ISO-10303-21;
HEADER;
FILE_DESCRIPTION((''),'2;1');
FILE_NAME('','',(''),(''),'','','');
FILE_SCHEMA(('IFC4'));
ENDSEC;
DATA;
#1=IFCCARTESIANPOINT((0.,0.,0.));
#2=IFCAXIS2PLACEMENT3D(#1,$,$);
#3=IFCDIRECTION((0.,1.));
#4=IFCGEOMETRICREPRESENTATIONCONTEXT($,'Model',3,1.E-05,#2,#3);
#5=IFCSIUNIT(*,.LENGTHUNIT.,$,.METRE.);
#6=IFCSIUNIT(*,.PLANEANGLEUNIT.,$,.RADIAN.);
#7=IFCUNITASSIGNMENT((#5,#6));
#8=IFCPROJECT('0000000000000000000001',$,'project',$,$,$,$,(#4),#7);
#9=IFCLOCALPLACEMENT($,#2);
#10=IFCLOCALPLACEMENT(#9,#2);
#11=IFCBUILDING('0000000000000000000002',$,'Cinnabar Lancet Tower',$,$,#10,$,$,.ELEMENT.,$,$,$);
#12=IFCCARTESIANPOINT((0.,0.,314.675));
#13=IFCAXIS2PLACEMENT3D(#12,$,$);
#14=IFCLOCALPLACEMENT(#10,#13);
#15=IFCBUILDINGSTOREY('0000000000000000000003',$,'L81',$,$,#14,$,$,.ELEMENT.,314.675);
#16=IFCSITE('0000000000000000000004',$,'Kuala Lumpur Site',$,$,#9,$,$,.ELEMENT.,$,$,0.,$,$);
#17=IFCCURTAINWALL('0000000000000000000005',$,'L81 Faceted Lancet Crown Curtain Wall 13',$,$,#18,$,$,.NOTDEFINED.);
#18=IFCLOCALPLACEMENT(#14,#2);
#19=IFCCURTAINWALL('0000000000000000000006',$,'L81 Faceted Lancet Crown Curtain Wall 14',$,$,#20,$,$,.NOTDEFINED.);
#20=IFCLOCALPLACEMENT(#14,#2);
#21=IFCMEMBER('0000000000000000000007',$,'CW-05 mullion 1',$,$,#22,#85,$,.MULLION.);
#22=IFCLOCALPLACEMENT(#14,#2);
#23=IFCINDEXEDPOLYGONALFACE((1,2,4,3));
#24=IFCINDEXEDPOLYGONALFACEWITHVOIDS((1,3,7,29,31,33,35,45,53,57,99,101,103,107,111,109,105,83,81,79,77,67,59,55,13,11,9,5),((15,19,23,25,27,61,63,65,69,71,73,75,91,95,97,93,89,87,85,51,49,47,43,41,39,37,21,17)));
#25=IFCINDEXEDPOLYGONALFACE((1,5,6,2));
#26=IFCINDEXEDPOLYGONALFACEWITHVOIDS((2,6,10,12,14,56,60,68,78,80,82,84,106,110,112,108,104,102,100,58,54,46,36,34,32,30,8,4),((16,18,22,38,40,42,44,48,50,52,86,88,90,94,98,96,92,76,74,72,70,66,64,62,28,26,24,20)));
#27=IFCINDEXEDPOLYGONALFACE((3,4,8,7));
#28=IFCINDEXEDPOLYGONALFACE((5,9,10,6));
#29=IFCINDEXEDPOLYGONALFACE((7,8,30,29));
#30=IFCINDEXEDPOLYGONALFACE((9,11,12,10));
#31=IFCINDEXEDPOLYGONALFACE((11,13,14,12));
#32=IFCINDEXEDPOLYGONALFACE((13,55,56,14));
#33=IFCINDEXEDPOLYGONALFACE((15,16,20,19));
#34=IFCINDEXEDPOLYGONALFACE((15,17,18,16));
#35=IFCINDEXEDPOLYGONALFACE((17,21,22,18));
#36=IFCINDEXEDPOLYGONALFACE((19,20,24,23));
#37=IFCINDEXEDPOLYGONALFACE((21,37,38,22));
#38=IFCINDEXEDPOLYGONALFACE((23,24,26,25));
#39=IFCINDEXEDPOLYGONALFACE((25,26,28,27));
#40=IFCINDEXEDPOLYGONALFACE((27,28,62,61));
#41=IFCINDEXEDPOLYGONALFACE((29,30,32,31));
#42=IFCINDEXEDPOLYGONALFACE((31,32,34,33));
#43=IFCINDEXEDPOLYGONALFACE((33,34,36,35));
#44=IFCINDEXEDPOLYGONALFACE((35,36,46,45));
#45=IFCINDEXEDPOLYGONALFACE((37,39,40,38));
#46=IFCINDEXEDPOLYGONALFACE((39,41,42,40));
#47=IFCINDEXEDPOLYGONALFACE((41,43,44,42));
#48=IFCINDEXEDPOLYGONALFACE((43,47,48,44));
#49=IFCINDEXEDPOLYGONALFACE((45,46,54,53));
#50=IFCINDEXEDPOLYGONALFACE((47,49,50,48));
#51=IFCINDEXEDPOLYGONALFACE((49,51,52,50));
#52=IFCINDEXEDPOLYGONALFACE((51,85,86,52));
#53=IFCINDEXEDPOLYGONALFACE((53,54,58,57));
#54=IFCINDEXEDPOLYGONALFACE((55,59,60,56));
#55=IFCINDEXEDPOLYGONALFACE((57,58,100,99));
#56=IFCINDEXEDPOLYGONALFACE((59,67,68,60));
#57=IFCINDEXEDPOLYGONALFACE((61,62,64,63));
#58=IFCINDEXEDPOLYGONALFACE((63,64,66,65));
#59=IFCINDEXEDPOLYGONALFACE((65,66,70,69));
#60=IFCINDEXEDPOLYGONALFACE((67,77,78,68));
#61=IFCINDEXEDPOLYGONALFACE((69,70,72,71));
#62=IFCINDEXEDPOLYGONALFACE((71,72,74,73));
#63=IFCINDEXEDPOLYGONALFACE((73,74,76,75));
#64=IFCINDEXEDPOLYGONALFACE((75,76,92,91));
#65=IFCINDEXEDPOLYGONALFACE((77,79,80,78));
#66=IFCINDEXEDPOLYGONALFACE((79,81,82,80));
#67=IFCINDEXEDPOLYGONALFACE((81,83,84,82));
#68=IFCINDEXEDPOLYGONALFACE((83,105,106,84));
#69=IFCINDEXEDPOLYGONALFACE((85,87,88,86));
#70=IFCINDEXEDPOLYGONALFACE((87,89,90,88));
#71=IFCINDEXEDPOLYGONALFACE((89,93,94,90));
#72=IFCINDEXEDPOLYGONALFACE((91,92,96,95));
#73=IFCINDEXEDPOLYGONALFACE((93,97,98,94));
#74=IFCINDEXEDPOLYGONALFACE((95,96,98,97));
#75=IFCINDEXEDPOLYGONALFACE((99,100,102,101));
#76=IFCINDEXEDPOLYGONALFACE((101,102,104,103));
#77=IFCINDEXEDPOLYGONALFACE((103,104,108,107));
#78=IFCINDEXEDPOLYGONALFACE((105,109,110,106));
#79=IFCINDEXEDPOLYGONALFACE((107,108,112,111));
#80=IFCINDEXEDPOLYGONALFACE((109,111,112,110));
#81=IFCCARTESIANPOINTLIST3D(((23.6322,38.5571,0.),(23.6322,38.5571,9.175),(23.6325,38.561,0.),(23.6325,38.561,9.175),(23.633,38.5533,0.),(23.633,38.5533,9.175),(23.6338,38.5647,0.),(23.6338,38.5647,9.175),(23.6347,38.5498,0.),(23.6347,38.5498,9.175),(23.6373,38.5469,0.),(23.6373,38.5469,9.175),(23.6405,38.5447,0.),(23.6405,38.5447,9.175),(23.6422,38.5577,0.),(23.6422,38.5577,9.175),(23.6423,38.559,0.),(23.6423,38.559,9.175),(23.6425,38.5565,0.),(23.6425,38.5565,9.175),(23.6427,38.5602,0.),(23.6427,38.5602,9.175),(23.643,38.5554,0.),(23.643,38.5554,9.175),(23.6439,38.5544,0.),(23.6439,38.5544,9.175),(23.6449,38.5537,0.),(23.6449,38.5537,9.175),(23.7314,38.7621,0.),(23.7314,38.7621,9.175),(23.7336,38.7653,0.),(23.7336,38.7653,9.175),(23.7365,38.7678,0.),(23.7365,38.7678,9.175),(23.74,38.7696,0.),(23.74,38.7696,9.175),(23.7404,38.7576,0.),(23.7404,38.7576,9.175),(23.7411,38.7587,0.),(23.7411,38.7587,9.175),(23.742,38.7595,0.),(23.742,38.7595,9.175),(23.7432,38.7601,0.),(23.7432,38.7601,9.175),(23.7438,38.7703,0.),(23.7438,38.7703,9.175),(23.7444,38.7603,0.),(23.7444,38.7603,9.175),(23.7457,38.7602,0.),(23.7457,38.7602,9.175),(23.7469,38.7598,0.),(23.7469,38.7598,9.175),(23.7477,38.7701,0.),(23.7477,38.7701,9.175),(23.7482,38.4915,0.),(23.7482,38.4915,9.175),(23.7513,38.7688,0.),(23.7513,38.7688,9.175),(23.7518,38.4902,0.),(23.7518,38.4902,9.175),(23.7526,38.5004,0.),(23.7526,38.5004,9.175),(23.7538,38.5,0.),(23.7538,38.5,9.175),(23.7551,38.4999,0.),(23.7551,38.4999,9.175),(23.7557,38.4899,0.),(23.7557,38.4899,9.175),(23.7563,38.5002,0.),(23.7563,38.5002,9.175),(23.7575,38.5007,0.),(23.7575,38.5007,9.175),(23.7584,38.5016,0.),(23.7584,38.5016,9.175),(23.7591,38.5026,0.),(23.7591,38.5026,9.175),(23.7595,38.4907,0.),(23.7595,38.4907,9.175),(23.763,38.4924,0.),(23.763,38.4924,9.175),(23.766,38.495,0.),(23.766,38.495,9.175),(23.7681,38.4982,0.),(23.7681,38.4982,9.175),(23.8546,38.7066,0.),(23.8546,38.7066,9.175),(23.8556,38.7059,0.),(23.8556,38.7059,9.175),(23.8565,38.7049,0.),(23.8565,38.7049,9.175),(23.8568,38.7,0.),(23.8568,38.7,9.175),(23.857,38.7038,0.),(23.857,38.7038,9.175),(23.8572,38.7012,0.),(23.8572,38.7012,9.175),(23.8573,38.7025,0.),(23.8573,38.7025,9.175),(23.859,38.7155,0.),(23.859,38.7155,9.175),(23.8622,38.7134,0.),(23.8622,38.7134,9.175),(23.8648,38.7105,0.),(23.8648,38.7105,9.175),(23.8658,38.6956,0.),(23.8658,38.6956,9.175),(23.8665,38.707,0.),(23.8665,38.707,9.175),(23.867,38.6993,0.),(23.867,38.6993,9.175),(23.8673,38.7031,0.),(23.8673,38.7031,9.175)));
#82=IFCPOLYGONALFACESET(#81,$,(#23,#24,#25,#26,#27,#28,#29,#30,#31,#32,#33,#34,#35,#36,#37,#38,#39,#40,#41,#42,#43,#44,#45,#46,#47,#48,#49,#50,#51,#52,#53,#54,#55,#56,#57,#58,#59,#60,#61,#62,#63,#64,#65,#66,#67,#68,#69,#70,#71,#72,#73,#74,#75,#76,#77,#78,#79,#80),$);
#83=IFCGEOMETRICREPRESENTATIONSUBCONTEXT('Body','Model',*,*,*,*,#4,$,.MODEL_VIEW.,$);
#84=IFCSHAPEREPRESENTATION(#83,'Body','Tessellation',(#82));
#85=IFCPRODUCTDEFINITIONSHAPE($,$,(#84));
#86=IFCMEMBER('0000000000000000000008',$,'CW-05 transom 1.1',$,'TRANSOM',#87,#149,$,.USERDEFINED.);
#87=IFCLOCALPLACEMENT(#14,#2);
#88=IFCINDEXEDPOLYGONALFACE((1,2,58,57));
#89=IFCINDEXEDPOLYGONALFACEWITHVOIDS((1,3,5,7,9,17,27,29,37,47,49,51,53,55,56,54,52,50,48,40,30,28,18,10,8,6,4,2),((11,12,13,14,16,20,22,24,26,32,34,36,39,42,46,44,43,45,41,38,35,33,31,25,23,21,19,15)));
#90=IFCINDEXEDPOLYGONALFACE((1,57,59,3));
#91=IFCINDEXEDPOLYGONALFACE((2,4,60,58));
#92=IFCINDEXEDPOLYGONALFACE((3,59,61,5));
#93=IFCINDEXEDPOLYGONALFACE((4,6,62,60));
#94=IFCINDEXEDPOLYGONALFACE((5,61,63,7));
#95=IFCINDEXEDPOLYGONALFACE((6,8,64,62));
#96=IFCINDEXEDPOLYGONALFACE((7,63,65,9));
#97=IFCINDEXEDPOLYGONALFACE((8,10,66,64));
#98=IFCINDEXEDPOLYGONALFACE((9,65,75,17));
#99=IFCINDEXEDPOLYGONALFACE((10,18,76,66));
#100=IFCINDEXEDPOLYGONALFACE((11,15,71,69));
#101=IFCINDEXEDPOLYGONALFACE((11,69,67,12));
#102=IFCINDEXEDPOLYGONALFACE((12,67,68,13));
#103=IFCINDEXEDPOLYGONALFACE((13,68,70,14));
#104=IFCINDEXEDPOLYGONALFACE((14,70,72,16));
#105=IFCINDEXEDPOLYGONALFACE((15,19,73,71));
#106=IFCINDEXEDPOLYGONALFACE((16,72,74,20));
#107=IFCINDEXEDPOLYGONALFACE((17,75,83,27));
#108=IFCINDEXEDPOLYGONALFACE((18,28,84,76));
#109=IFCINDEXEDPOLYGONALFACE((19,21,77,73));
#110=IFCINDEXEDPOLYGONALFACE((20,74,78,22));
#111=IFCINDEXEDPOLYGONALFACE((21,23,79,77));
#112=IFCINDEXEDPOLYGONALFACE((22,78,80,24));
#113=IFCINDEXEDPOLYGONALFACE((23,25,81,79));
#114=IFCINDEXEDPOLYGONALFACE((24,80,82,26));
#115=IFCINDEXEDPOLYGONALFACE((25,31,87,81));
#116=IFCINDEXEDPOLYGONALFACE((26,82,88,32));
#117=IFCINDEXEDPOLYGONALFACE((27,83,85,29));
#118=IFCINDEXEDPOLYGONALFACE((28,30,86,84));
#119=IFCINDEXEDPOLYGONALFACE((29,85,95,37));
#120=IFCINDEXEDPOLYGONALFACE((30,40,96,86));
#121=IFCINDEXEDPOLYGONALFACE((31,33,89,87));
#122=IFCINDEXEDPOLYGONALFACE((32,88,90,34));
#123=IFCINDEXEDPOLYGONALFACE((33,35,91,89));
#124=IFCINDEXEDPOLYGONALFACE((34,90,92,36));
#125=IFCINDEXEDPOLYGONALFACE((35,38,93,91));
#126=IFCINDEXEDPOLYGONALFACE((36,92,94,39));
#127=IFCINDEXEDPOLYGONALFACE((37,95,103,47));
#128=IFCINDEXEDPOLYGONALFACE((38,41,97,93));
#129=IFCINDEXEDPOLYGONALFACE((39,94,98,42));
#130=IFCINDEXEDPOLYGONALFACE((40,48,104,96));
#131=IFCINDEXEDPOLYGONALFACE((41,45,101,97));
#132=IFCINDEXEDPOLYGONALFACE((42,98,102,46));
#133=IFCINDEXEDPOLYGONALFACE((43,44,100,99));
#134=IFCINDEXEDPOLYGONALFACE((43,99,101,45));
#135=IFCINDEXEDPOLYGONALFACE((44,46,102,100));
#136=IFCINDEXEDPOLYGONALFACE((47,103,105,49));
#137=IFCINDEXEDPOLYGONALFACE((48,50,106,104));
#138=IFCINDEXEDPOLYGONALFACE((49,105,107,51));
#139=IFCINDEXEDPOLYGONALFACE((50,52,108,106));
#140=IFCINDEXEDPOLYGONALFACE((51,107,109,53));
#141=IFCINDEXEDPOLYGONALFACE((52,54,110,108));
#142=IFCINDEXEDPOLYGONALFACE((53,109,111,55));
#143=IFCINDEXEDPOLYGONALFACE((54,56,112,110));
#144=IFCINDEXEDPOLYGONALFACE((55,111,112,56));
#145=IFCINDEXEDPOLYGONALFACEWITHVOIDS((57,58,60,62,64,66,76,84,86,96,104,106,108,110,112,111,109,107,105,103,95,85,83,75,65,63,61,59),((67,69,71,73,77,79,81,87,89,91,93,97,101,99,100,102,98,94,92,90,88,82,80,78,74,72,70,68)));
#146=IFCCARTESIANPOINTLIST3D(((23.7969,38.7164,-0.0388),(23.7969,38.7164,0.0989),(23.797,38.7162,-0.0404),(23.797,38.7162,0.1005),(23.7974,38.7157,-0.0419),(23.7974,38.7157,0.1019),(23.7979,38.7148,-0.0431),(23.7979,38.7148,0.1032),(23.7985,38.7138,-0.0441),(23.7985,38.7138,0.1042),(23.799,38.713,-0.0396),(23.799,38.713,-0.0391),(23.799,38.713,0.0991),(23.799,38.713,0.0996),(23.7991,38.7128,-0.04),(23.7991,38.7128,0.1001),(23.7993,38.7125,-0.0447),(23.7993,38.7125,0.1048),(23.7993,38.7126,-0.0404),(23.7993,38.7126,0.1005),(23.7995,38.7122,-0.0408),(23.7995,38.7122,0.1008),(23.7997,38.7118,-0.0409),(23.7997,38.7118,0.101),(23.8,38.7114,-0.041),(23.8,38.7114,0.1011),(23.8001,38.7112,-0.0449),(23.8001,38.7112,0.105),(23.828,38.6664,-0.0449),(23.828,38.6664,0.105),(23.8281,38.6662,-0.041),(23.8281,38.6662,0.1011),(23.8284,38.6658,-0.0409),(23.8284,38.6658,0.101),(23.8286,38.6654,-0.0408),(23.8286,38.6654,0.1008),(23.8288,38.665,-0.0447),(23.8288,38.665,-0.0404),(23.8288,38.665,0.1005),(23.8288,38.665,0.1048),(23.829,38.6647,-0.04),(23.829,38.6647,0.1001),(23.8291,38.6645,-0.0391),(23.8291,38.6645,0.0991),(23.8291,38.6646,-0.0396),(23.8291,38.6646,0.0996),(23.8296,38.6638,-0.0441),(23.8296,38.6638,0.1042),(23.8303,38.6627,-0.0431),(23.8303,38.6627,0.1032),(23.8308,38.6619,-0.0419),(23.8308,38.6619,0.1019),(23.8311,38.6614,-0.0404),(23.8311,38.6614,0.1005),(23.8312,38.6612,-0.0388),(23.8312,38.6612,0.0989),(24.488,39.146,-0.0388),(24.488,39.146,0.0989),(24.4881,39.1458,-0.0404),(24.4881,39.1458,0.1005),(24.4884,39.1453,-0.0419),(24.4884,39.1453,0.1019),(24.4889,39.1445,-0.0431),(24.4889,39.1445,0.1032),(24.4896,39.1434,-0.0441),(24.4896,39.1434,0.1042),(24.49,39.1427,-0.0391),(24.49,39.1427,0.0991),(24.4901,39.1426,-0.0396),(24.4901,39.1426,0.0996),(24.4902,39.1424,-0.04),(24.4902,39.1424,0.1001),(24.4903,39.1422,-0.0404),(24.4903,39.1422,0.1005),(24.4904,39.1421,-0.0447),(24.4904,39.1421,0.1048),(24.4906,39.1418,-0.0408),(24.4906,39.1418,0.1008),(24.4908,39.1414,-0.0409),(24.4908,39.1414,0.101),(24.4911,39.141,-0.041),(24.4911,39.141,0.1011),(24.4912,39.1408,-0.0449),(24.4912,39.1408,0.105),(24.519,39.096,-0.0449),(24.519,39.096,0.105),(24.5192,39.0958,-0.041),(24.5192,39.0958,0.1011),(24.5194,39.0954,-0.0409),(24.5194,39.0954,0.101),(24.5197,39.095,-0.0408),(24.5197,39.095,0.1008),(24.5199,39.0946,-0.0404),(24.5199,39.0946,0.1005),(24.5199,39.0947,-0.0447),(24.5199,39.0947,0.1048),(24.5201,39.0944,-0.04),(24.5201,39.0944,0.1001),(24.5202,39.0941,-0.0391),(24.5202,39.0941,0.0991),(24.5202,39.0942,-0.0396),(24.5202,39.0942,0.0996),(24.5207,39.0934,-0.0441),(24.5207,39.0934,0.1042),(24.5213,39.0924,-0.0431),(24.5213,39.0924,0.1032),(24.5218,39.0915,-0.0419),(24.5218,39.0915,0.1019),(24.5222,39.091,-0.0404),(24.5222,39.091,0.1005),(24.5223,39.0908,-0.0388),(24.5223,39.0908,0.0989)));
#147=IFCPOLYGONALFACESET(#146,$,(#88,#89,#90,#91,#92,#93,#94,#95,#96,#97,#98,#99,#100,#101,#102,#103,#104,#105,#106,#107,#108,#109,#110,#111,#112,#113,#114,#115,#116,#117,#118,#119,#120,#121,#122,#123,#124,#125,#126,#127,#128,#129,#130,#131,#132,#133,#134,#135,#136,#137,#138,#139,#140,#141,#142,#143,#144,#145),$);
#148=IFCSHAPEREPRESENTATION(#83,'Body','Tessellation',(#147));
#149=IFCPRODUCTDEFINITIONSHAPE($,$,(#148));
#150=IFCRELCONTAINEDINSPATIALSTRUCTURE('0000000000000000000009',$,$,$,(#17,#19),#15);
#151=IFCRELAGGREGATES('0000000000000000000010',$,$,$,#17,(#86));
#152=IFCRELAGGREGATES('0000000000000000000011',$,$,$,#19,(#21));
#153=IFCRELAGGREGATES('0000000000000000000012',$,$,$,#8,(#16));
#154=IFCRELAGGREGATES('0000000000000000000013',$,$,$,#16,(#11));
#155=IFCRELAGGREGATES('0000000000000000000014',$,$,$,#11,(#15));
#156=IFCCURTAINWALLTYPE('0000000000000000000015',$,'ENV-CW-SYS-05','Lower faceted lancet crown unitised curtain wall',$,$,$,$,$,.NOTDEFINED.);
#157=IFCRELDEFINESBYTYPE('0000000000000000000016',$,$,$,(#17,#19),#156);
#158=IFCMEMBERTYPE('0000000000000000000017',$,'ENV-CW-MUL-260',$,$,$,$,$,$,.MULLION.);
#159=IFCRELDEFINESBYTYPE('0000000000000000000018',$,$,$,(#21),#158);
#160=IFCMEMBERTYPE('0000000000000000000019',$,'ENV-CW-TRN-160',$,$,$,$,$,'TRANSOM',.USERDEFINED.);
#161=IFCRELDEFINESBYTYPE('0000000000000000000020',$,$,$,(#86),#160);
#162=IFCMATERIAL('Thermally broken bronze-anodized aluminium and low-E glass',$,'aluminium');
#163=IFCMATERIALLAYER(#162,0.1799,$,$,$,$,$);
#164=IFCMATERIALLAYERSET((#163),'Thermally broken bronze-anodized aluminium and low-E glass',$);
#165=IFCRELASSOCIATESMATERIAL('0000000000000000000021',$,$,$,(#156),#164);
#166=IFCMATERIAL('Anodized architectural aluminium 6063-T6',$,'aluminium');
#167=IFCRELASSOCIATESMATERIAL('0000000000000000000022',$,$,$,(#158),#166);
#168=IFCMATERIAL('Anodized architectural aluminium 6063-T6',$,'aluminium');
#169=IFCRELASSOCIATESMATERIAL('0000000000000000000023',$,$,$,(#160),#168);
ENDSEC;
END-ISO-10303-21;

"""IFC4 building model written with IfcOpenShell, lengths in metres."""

from ifc_helpers import new_model, si_unit, direction, frame, origin, origin_2d, place, context, subcontext, project, spatial, hollow_rectangle, extrude, material, layer, layer_set, material_profile, profile_set, type_object, element, aggregate, save


model = new_model("IFC4")

# Units and contexts
model_context = context("Model", 3, precision=1e-05, world=origin(), true_north=direction((0.0, 1.0)))
body_context = subcontext(model_context, "Body", "Model", "MODEL_VIEW")
ifc_project = project(units=[si_unit("LENGTHUNIT", "METRE"), si_unit("PLANEANGLEUNIT", "RADIAN")], contexts=[model_context])

# Site, building, storey
site_placement = place(None, origin())
site = spatial("IfcSite", under=ifc_project, at=site_placement, Name="Kuala Lumpur Site", CompositionType="ELEMENT", RefElevation=0.0)
building_placement = place(site_placement, origin())
building = spatial("IfcBuilding", under=site, at=building_placement, Name="Cinnabar Lancet Tower", CompositionType="ELEMENT")
storey_placement = place(building_placement, frame((0.0, 0.0, 314.675)))
storey = spatial("IfcBuildingStorey", under=building, at=storey_placement, Name="L81", CompositionType="ELEMENT", Elevation=314.675)

# Curtain walls, member
ifc_material_1 = material(Name="Thermally broken bronze-anodized aluminium and low-E glass", Category="aluminium")
ifc_layer_1 = layer(ifc_material_1, 0.1799)
ifc_layer_set_1 = layer_set([ifc_layer_1], Name="Thermally broken bronze-anodized aluminium and low-E glass")
curtain_wall_type = type_object("IfcCurtainWallType", Name="ENV-CW-SYS-05", Description="Lower faceted lancet crown unitised curtain wall", PredefinedType="NOTDEFINED", material=ifc_layer_set_1)
curtain_wall_1_placement = place(storey_placement, origin())
curtain_wall_1 = element("IfcCurtainWall", 1, at=curtain_wall_1_placement, inside=storey, type_object=curtain_wall_type, Name="L81 Faceted Lancet Crown Curtain Wall 13", PredefinedType="NOTDEFINED")
ifc_material_2 = material(Name="Anodized architectural aluminium 6063-T6", Category="aluminium")
ifc_material_profile_1 = material_profile(ifc_material_2, hollow_rectangle(XDim=0.1499, YDim=0.25, WallThickness=0.01, InnerFilletRadius=0.0049, OuterFilletRadius=0.0149, at=origin_2d()), Name="RHS 250x150x10")
ifc_profile_set_1 = profile_set([ifc_material_profile_1], Name="Anodized architectural aluminium 6063-T6")
member_type_1 = type_object("IfcMemberType", Name="ENV-CW-MUL-260", PredefinedType="MULLION", material=ifc_profile_set_1)
curtain_wall_2_placement = place(storey_placement, origin())
curtain_wall_2 = element("IfcCurtainWall", 2, at=curtain_wall_2_placement, inside=storey, type_object=curtain_wall_type, Name="L81 Faceted Lancet Crown Curtain Wall 14", PredefinedType="NOTDEFINED")
member_1_placement = place(storey_placement, frame((23.7498, 38.6301, 0.0), z_axis=(0.0, 0.0, 1.0), x_axis=(0.896343, -0.443362, 0.0)))
member_1 = element("IfcMember", 3, at=member_1_placement, type_object=member_type_1, Name="CW-05 mullion 1", PredefinedType="MULLION", context=body_context, shape_type="SweptSolid", body=[
    extrude(hollow_rectangle(XDim=0.1499, YDim=0.25, WallThickness=0.01, InnerFilletRadius=0.0049, OuterFilletRadius=0.0149, at=origin_2d()), origin(), (0.0, 0.0, 1.0), 9.175),
])

# Member
ifc_material_3 = material(Name="Anodized architectural aluminium 6063-T6", Category="aluminium")
ifc_material_profile_2 = material_profile(ifc_material_3, hollow_rectangle(XDim=0.0649, YDim=0.1499, WallThickness=0.0039, InnerFilletRadius=0.002, OuterFilletRadius=0.0061, at=origin_2d()), Name="CW-TRN 150x65x4")
ifc_profile_set_2 = profile_set([ifc_material_profile_2], Name="Anodized architectural aluminium 6063-T6")
member_type_2 = type_object("IfcMemberType", Name="ENV-CW-TRN-160", ElementType="TRANSOM", PredefinedType="USERDEFINED", material=ifc_profile_set_2)
member_2_placement = place(storey_placement, frame((24.5051, 39.1184, 0.03), z_axis=(-0.84926, -0.527975, 0.0), x_axis=(0.527975, -0.84926, 0.0)))
member_2 = element("IfcMember", 4, at=member_2_placement, type_object=member_type_2, Name="CW-05 transom 1.1", ObjectType="TRANSOM", PredefinedType="USERDEFINED", context=body_context, shape_type="SweptSolid", body=[
    extrude(hollow_rectangle(XDim=0.0649, YDim=0.1499, WallThickness=0.0039, InnerFilletRadius=0.002, OuterFilletRadius=0.0061, at=origin_2d()), origin(), (0.0, 0.0, 1.0), 0.8137),
])

aggregate(curtain_wall_1, [member_2])
aggregate(curtain_wall_2, [member_1])

save(model, "model.ifc")
